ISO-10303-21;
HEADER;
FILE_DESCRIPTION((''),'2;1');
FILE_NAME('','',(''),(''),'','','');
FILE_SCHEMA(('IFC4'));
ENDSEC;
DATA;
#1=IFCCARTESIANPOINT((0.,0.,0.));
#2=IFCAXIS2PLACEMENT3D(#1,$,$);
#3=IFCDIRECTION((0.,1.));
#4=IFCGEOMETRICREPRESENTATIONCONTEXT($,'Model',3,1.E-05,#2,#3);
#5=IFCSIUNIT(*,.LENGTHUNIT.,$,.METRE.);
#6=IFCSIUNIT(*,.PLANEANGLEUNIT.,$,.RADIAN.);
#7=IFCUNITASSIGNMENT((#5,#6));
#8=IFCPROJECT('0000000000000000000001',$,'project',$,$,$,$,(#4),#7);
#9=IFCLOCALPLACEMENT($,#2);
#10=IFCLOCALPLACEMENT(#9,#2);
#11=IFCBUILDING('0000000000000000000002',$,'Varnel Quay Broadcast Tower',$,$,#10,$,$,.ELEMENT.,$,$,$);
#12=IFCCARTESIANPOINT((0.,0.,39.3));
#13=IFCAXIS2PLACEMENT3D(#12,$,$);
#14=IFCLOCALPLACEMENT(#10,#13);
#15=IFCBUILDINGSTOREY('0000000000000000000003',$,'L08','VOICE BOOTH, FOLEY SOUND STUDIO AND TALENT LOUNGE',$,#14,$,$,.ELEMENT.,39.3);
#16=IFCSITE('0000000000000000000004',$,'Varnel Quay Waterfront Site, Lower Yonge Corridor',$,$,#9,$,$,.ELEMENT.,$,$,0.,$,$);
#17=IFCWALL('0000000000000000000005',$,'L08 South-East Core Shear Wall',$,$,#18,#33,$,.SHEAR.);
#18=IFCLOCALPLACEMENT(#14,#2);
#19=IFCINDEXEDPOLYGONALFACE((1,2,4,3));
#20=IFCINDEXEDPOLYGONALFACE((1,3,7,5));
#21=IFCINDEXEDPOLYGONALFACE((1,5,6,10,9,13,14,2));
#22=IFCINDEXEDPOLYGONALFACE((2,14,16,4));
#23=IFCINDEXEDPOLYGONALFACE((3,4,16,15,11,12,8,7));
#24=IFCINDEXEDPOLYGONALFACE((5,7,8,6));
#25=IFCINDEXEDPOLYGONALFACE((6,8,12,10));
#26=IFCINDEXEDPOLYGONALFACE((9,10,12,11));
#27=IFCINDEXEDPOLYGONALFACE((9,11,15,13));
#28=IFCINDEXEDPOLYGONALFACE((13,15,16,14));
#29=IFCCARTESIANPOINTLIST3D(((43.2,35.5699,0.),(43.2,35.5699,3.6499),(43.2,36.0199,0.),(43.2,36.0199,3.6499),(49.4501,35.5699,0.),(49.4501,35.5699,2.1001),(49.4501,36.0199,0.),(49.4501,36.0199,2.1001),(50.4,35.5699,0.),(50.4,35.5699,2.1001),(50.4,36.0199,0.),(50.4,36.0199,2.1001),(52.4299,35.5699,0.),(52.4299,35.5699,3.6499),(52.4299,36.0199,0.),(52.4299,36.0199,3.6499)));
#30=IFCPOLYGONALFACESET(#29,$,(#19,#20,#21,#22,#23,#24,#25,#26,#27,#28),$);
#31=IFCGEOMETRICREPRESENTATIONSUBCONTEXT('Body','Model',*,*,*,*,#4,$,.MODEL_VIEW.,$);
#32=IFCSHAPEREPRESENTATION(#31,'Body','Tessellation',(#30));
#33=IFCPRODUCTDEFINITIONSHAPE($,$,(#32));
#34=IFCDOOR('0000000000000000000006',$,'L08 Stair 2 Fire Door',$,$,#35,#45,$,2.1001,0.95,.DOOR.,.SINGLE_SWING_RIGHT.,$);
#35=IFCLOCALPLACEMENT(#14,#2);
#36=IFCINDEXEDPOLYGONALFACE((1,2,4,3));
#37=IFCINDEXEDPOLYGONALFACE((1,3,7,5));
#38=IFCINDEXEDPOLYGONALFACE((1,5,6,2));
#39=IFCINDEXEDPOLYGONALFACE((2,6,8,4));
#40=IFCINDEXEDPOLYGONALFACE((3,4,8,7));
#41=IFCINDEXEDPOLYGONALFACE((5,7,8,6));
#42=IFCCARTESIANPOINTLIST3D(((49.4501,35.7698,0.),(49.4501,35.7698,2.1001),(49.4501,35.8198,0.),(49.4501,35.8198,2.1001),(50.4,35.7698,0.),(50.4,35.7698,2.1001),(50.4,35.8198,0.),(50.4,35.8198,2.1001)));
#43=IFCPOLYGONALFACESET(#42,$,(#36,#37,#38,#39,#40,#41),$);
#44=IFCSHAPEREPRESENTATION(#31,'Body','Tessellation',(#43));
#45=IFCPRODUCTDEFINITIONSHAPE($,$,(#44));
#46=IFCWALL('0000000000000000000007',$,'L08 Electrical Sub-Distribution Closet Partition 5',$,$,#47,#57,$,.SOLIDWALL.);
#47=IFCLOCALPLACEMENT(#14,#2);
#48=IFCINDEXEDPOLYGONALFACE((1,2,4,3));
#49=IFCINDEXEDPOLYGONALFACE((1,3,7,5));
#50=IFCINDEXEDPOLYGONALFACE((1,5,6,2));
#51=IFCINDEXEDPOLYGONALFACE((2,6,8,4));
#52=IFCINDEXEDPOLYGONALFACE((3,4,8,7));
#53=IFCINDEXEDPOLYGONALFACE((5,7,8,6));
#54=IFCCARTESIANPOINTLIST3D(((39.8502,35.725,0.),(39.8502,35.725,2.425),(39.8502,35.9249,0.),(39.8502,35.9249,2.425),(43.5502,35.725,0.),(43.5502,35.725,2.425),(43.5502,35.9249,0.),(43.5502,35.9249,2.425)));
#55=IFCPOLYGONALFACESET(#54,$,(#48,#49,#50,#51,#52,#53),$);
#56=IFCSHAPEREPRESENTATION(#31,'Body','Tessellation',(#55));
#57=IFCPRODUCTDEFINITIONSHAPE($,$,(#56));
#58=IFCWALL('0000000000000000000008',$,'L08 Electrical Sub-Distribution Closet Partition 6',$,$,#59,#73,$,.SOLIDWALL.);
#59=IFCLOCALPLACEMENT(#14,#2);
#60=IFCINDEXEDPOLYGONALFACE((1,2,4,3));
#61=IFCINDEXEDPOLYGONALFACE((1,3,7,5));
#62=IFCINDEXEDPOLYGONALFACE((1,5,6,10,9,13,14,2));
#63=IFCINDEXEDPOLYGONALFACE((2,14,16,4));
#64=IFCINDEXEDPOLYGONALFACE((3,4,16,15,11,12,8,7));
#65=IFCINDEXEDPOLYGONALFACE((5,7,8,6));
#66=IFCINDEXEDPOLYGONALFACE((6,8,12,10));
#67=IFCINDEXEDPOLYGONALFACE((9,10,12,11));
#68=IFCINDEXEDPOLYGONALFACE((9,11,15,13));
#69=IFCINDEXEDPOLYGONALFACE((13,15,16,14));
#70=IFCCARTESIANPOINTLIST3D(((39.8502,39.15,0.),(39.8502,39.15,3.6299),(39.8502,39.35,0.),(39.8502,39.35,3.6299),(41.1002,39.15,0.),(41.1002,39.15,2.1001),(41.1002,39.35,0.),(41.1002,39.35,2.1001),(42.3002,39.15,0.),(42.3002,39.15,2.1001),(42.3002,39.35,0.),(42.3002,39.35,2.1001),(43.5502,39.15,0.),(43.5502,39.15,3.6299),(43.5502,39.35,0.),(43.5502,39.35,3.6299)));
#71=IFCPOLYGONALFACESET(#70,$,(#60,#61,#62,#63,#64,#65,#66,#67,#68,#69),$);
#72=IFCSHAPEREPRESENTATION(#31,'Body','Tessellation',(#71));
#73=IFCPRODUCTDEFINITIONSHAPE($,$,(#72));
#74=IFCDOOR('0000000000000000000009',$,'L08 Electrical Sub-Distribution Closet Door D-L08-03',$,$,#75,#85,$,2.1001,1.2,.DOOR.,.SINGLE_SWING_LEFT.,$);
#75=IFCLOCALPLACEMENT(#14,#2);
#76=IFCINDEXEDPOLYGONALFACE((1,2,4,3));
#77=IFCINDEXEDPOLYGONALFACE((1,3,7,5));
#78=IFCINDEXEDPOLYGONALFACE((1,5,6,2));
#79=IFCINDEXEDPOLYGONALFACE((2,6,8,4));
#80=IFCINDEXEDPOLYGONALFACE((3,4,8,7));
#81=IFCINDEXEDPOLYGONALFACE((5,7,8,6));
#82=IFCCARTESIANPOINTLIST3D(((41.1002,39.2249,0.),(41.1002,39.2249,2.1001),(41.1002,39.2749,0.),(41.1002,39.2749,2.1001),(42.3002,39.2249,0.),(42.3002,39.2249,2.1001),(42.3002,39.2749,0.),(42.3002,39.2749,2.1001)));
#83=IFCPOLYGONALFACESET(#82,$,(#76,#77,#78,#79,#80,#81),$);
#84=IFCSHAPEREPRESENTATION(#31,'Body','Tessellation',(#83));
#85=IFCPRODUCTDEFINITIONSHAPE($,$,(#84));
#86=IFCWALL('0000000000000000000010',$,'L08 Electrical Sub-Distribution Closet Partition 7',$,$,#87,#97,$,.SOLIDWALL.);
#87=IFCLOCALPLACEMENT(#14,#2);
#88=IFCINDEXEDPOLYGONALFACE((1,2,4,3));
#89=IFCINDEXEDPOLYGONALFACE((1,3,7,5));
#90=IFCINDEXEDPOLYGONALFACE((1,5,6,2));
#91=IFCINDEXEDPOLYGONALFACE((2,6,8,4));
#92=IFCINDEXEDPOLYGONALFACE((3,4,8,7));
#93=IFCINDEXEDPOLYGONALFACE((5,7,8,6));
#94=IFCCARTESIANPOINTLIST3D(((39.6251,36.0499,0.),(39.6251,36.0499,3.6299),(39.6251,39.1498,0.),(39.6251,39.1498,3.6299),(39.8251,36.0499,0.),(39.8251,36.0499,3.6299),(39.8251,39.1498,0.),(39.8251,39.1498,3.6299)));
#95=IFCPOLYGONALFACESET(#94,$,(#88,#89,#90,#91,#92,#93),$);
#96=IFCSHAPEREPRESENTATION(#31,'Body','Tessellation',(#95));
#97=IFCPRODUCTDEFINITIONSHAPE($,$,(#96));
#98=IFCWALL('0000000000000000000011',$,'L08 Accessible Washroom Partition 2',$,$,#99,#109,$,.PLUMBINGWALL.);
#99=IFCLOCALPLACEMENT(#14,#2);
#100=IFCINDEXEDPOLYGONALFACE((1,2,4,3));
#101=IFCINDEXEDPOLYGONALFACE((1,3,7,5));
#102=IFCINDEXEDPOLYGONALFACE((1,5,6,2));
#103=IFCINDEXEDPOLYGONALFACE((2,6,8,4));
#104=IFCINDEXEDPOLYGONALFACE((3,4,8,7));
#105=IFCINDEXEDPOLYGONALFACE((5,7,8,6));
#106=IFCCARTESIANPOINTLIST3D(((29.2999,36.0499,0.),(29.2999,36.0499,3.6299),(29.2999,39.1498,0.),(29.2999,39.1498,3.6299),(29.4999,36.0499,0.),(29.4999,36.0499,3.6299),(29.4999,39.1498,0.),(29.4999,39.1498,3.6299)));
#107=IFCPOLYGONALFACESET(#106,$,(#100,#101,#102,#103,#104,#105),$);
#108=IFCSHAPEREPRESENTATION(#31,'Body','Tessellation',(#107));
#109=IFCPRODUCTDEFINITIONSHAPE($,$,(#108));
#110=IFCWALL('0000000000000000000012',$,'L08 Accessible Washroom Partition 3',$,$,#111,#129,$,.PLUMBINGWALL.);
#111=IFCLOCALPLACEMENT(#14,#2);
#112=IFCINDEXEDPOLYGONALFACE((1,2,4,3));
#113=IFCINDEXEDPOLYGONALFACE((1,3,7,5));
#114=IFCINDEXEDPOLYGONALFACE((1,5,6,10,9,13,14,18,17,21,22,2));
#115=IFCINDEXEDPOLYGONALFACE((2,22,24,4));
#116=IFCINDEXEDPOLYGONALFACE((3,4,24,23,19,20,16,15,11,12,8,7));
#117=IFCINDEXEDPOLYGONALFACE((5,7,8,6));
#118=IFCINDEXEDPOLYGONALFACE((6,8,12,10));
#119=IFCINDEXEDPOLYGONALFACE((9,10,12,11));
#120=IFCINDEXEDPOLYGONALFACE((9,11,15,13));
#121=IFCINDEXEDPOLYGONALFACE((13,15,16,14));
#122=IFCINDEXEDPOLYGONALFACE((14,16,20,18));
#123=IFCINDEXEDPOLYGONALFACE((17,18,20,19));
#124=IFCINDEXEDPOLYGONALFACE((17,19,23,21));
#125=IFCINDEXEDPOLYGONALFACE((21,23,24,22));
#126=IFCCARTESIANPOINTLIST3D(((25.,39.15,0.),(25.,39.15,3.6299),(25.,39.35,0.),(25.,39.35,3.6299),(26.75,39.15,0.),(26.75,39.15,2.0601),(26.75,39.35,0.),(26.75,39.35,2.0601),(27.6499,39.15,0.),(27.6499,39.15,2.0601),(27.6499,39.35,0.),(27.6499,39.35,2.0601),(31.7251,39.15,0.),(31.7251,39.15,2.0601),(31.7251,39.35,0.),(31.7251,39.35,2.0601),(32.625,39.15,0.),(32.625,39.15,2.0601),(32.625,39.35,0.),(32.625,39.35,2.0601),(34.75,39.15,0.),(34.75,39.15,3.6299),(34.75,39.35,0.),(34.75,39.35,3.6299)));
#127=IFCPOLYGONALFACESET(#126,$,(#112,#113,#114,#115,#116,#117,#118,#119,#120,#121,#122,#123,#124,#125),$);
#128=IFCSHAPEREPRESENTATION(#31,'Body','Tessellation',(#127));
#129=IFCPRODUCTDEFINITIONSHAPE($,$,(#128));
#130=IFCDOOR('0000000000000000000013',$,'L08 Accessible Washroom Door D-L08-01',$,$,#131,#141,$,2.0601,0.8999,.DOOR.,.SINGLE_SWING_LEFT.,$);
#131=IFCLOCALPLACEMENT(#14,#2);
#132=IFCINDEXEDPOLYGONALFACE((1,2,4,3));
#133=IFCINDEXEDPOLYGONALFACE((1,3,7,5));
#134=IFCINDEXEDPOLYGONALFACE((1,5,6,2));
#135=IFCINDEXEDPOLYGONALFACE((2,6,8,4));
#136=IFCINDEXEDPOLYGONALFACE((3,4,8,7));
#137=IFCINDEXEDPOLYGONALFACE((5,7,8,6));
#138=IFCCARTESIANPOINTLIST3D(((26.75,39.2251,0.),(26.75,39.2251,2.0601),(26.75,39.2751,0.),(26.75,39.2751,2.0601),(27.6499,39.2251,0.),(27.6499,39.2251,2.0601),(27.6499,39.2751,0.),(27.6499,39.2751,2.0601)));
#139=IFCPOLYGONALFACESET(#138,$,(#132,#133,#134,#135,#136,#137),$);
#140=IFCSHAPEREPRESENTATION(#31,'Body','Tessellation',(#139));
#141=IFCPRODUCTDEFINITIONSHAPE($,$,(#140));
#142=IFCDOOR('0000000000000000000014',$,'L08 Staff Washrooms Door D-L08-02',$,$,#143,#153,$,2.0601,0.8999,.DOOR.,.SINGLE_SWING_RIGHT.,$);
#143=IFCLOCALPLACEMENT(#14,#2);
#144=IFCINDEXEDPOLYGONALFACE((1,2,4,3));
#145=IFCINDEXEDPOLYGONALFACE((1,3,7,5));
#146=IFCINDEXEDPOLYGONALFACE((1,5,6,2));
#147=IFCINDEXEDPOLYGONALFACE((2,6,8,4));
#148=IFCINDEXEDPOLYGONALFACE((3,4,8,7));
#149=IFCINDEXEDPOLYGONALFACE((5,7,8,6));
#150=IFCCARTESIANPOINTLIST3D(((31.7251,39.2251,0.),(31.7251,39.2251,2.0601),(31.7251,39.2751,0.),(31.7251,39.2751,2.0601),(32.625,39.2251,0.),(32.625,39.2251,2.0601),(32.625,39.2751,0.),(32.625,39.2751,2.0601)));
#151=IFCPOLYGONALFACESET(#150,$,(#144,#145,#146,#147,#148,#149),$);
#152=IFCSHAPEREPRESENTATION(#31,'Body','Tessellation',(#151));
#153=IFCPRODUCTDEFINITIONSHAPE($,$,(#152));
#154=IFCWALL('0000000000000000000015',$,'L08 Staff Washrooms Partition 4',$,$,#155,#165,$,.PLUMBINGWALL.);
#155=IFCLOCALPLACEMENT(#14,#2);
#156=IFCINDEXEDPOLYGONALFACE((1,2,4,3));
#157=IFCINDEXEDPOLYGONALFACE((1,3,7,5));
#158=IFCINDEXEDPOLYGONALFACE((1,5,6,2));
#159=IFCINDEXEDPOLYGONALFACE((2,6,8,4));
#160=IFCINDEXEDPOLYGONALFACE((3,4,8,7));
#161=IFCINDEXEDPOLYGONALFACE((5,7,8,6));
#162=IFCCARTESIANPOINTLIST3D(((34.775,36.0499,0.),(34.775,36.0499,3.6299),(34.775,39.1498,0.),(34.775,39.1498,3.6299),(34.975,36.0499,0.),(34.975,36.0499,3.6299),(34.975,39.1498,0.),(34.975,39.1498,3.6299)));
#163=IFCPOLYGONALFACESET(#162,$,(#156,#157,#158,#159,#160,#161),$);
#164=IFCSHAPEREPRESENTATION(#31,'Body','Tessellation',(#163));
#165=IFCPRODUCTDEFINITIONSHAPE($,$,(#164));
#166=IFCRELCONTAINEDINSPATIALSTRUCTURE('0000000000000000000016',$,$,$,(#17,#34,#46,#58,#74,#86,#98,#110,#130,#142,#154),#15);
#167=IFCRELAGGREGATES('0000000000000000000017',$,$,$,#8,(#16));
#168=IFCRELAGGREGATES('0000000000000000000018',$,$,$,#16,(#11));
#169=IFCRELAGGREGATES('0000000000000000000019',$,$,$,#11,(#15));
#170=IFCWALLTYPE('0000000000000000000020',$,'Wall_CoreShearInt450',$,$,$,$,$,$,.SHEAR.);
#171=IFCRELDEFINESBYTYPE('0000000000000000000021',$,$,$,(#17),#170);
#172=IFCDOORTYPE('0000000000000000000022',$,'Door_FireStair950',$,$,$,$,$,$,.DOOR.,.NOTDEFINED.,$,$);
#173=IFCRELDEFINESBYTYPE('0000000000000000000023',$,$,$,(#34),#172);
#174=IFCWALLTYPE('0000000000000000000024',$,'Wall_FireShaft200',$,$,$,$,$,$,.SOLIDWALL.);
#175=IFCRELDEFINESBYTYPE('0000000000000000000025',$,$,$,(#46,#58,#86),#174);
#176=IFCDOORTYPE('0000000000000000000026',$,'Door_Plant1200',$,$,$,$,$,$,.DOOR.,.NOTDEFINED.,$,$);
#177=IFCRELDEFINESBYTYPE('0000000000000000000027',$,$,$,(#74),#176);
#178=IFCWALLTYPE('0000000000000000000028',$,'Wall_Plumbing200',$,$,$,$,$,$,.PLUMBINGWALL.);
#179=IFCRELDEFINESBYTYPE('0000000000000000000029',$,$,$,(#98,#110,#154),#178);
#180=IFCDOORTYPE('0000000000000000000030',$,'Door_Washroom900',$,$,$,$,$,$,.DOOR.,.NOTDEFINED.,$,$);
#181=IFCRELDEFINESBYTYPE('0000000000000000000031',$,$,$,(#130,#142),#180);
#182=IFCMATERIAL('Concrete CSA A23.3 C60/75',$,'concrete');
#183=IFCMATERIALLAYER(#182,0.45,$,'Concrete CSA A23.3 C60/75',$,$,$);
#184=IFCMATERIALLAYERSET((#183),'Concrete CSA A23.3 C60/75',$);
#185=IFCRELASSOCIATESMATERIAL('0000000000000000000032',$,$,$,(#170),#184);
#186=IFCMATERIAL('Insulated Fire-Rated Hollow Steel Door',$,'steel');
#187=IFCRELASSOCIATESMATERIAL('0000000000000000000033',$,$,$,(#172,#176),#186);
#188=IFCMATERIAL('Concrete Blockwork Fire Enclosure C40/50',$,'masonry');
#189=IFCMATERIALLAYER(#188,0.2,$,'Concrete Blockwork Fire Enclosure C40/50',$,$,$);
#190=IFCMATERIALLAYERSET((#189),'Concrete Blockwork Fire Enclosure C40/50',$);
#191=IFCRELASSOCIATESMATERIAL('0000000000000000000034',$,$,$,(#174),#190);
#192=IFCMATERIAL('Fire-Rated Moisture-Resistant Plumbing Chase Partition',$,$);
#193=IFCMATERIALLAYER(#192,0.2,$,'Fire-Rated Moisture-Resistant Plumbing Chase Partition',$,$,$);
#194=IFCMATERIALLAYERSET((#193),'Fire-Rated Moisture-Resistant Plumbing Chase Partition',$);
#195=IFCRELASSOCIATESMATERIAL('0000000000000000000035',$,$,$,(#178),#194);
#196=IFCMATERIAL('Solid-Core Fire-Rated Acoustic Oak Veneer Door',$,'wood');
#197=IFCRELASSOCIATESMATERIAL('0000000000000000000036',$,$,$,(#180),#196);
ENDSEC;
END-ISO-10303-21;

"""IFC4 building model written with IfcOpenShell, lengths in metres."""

from ifc_helpers import new_model, si_unit, direction, frame, frame_2d, origin, place, context, subcontext, project, spatial, rectangle, extrude, source, transform, mapped, material, layer, layer_set, type_object, type_shapes, element, fill, save


model = new_model("IFC4")

# Units and contexts
model_context = context("Model", 3, precision=1e-05, world=origin(), true_north=direction((0.0, 1.0)))
body_context = subcontext(model_context, "Body", "Model", "MODEL_VIEW")
ifc_project = project(units=[si_unit("LENGTHUNIT", "METRE"), si_unit("PLANEANGLEUNIT", "RADIAN")], contexts=[model_context])

# Site, building, storey
site_placement = place(None, origin())
site = spatial("IfcSite", under=ifc_project, at=site_placement, Name="Varnel Quay Waterfront Site, Lower Yonge Corridor", CompositionType="ELEMENT", RefElevation=0.0)
building_placement = place(site_placement, origin())
building = spatial("IfcBuilding", under=site, at=building_placement, Name="Varnel Quay Broadcast Tower", CompositionType="ELEMENT")
storey_placement = place(building_placement, frame((0.0, 0.0, 39.3)))
storey = spatial("IfcBuildingStorey", under=building, at=storey_placement, Name="L08", Description="VOICE BOOTH, FOLEY SOUND STUDIO AND TALENT LOUNGE", CompositionType="ELEMENT", Elevation=39.3)

# Shared definitions
ifc_material_1 = material(Name="Concrete CSA A23.3 C60/75", Category="concrete")

# Wall, opening, door
ifc_layer_1 = layer(ifc_material_1, 0.45, Name="Concrete CSA A23.3 C60/75")
ifc_layer_set_1 = layer_set([ifc_layer_1], Name="Concrete CSA A23.3 C60/75")
wall_type_1 = type_object("IfcWallType", Name="Wall_CoreShearInt450", PredefinedType="SHEAR", material=ifc_layer_set_1)
wall_1_placement = place(storey_placement, frame((43.2, 35.7949, 0.0), z_axis=(0.0, 0.0, 1.0), x_axis=(1.0, 0.0, 0.0)))
wall_1 = element("IfcWall", 1, at=wall_1_placement, inside=storey, type_object=wall_type_1, Name="L08 South-East Core Shear Wall", PredefinedType="SHEAR", context=body_context, shape_type="SweptSolid", body=[
    extrude(rectangle(XDim=9.23, YDim=0.45, at=frame_2d((4.615, 0.0))), origin(), (0.0, 0.0, 1.0), 3.6499),
])
opening_1_placement = place(wall_1_placement, frame((6.25, 0.0, 0.0)))
opening_1 = element("IfcOpeningElement", 2, at=opening_1_placement, cuts=wall_1, PredefinedType="OPENING", context=body_context, shape_type="SweptSolid", body=[
    extrude(rectangle(XDim=0.95, YDim=2.1001, at=frame_2d((0.4751, 1.05))), frame((0.0, 0.2349, 0.0), z_axis=(0.0, -1.0, 0.0), x_axis=(1.0, 0.0, 0.0)), (0.0, 0.0, 1.0), 0.47),
])
ifc_material_2 = material(Name="Insulated Fire-Rated Hollow Steel Door", Category="steel")
door_type_1 = type_object("IfcDoorType", Name="Door_FireStair950", OperationType="NOTDEFINED", PredefinedType="DOOR", material=ifc_material_2)
shared_shape_1 = source(origin(), body_context, "Body", "SweptSolid", [
    extrude(rectangle(XDim=0.95, YDim=2.1001, at=frame_2d((0.4751, 1.05))), frame((0.0, 0.0249, 0.0), z_axis=(0.0, -1.0, 0.0), x_axis=(1.0, 0.0, 0.0)), (0.0, 0.0, 1.0), 0.05),
])
type_shapes(door_type_1, [shared_shape_1])
door_1_placement = place(opening_1_placement, origin())
door_1 = element("IfcDoor", 3, at=door_1_placement, inside=storey, type_object=door_type_1, Name="L08 Stair 2 Fire Door", OperationType="SINGLE_SWING_RIGHT", OverallHeight=2.1001, OverallWidth=0.95, PredefinedType="DOOR", context=body_context, shape_type="MappedRepresentation", body=[
    mapped(shared_shape_1, transform((0.0, 0.0, 0.0), x_axis=(1.0, 0.0, 0.0), y_axis=(0.0, 1.0, 0.0), z_axis=(0.0, 0.0, 1.0), scale=1.0)),
])
fill(opening_1, door_1)

# Wall
ifc_material_3 = material(Name="Concrete Blockwork Fire Enclosure C40/50", Category="masonry")
ifc_layer_2 = layer(ifc_material_3, 0.2, Name="Concrete Blockwork Fire Enclosure C40/50")
ifc_layer_set_2 = layer_set([ifc_layer_2], Name="Concrete Blockwork Fire Enclosure C40/50")
wall_type_2 = type_object("IfcWallType", Name="Wall_FireShaft200", PredefinedType="SOLIDWALL", material=ifc_layer_set_2)
wall_2_placement = place(storey_placement, frame((39.8501, 35.825, 0.0), z_axis=(0.0, 0.0, 1.0), x_axis=(1.0, 0.0, 0.0)))
element("IfcWall", 4, at=wall_2_placement, inside=storey, type_object=wall_type_2, Name="L08 Electrical Sub-Distribution Closet Partition 5", PredefinedType="SOLIDWALL", context=body_context, shape_type="SweptSolid", body=[
    extrude(rectangle(XDim=3.7, YDim=0.2, at=frame_2d((1.8501, 0.0))), origin(), (0.0, 0.0, 1.0), 2.425),
])

# Wall, opening, door
wall_3_placement = place(storey_placement, frame((39.8501, 39.25, 0.0), z_axis=(0.0, 0.0, 1.0), x_axis=(1.0, 0.0, 0.0)))
wall_3 = element("IfcWall", 5, at=wall_3_placement, inside=storey, type_object=wall_type_2, Name="L08 Electrical Sub-Distribution Closet Partition 6", PredefinedType="SOLIDWALL", context=body_context, shape_type="SweptSolid", body=[
    extrude(rectangle(XDim=3.7, YDim=0.2, at=frame_2d((1.8501, 0.0))), origin(), (0.0, 0.0, 1.0), 3.6299),
])
opening_2_placement = place(wall_3_placement, frame((1.25, 0.0, 0.0)))
opening_2 = element("IfcOpeningElement", 6, at=opening_2_placement, cuts=wall_3, PredefinedType="OPENING", context=body_context, shape_type="SweptSolid", body=[
    extrude(rectangle(XDim=1.2, YDim=2.1001, at=frame_2d((0.6001, 1.05))), frame((0.0, 0.1099, 0.0), z_axis=(0.0, -1.0, 0.0), x_axis=(1.0, 0.0, 0.0)), (0.0, 0.0, 1.0), 0.22),
])
door_type_2 = type_object("IfcDoorType", Name="Door_Plant1200", OperationType="NOTDEFINED", PredefinedType="DOOR", material=ifc_material_2)
shared_shape_2 = source(origin(), body_context, "Body", "SweptSolid", [
    extrude(rectangle(XDim=1.2, YDim=2.1001, at=frame_2d((0.6001, 1.05))), frame((0.0, 0.0249, 0.0), z_axis=(0.0, -1.0, 0.0), x_axis=(1.0, 0.0, 0.0)), (0.0, 0.0, 1.0), 0.05),
])
type_shapes(door_type_2, [shared_shape_2])
door_2_placement = place(opening_2_placement, origin())
door_2 = element("IfcDoor", 7, at=door_2_placement, inside=storey, type_object=door_type_2, Name="L08 Electrical Sub-Distribution Closet Door D-L08-03", OperationType="SINGLE_SWING_LEFT", OverallHeight=2.1001, OverallWidth=1.2, PredefinedType="DOOR", context=body_context, shape_type="MappedRepresentation", body=[
    mapped(shared_shape_2, transform((0.0, 0.0, 0.0), x_axis=(1.0, 0.0, 0.0), y_axis=(0.0, 1.0, 0.0), z_axis=(0.0, 0.0, 1.0), scale=1.0)),
])
fill(opening_2, door_2)

# Walls
wall_4_placement = place(storey_placement, frame((39.7251, 36.05, 0.0), z_axis=(0.0, 0.0, 1.0), x_axis=(0.0, 1.0, 0.0)))
element("IfcWall", 8, at=wall_4_placement, inside=storey, type_object=wall_type_2, Name="L08 Electrical Sub-Distribution Closet Partition 7", PredefinedType="SOLIDWALL", context=body_context, shape_type="SweptSolid", body=[
    extrude(rectangle(XDim=3.0999, YDim=0.2, at=frame_2d((1.5498, 0.0))), origin(), (0.0, 0.0, 1.0), 3.6299),
])
ifc_material_4 = material(Name="Fire-Rated Moisture-Resistant Plumbing Chase Partition")
ifc_layer_3 = layer(ifc_material_4, 0.2, Name="Fire-Rated Moisture-Resistant Plumbing Chase Partition")
ifc_layer_set_3 = layer_set([ifc_layer_3], Name="Fire-Rated Moisture-Resistant Plumbing Chase Partition")
wall_type_3 = type_object("IfcWallType", Name="Wall_Plumbing200", PredefinedType="PLUMBINGWALL", material=ifc_layer_set_3)
wall_5_placement = place(storey_placement, frame((29.3999, 36.05, 0.0), z_axis=(0.0, 0.0, 1.0), x_axis=(0.0, 1.0, 0.0)))
element("IfcWall", 9, at=wall_5_placement, inside=storey, type_object=wall_type_3, Name="L08 Accessible Washroom Partition 2", PredefinedType="PLUMBINGWALL", context=body_context, shape_type="SweptSolid", body=[
    extrude(rectangle(XDim=3.0999, YDim=0.2, at=frame_2d((1.5498, 0.0))), origin(), (0.0, 0.0, 1.0), 3.6299),
])

# Wall, openings, doors
wall_6_placement = place(storey_placement, frame((25.0, 39.25, 0.0), z_axis=(0.0, 0.0, 1.0), x_axis=(1.0, 0.0, 0.0)))
wall_6 = element("IfcWall", 10, at=wall_6_placement, inside=storey, type_object=wall_type_3, Name="L08 Accessible Washroom Partition 3", PredefinedType="PLUMBINGWALL", context=body_context, shape_type="SweptSolid", body=[
    extrude(rectangle(XDim=9.75, YDim=0.2, at=frame_2d((4.875, 0.0))), origin(), (0.0, 0.0, 1.0), 3.6299),
])
opening_3_placement = place(wall_6_placement, frame((1.75, 0.0, 0.0)))
opening_3 = element("IfcOpeningElement", 11, at=opening_3_placement, cuts=wall_6, PredefinedType="OPENING", context=body_context, shape_type="SweptSolid", body=[
    extrude(rectangle(XDim=0.8999, YDim=2.0601, at=frame_2d((0.45, 1.03))), frame((0.0, 0.1099, 0.0), z_axis=(0.0, -1.0, 0.0), x_axis=(1.0, 0.0, 0.0)), (0.0, 0.0, 1.0), 0.22),
])
opening_4_placement = place(wall_6_placement, frame((6.7251, 0.0, 0.0)))
opening_4 = element("IfcOpeningElement", 12, at=opening_4_placement, cuts=wall_6, PredefinedType="OPENING", context=body_context, shape_type="SweptSolid", body=[
    extrude(rectangle(XDim=0.8999, YDim=2.0601, at=frame_2d((0.45, 1.03))), frame((0.0, 0.1099, 0.0), z_axis=(0.0, -1.0, 0.0), x_axis=(1.0, 0.0, 0.0)), (0.0, 0.0, 1.0), 0.22),
])
ifc_material_5 = material(Name="Solid-Core Fire-Rated Acoustic Oak Veneer Door", Category="wood")
door_type_3 = type_object("IfcDoorType", Name="Door_Washroom900", OperationType="NOTDEFINED", PredefinedType="DOOR", material=ifc_material_5)
shared_shape_3 = source(origin(), body_context, "Body", "SweptSolid", [
    extrude(rectangle(XDim=0.8999, YDim=2.0601, at=frame_2d((0.45, 1.03))), frame((0.0, 0.0249, 0.0), z_axis=(0.0, -1.0, 0.0), x_axis=(1.0, 0.0, 0.0)), (0.0, 0.0, 1.0), 0.05),
])
type_shapes(door_type_3, [shared_shape_3])
door_3_placement = place(opening_3_placement, frame((0.8999, 0.0, 0.0), z_axis=(0.0, 0.0, 1.0), x_axis=(-1.0, 0.0, 0.0)))
door_3 = element("IfcDoor", 13, at=door_3_placement, inside=storey, type_object=door_type_3, Name="L08 Accessible Washroom Door D-L08-01", OperationType="SINGLE_SWING_LEFT", OverallHeight=2.0601, OverallWidth=0.8999, PredefinedType="DOOR", context=body_context, shape_type="MappedRepresentation", body=[
    mapped(shared_shape_3, transform((0.0, 0.0, 0.0), x_axis=(1.0, 0.0, 0.0), y_axis=(0.0, 1.0, 0.0), z_axis=(0.0, 0.0, 1.0), scale=1.0)),
])
fill(opening_3, door_3)
door_4_placement = place(opening_4_placement, frame((0.8999, 0.0, 0.0), z_axis=(0.0, 0.0, 1.0), x_axis=(-1.0, 0.0, 0.0)))
door_4 = element("IfcDoor", 14, at=door_4_placement, inside=storey, type_object=door_type_3, Name="L08 Staff Washrooms Door D-L08-02", OperationType="SINGLE_SWING_RIGHT", OverallHeight=2.0601, OverallWidth=0.8999, PredefinedType="DOOR", context=body_context, shape_type="MappedRepresentation", body=[
    mapped(shared_shape_3, transform((0.0, 0.0, 0.0), x_axis=(1.0, 0.0, 0.0), y_axis=(0.0, 1.0, 0.0), z_axis=(0.0, 0.0, 1.0), scale=1.0)),
])
fill(opening_4, door_4)

# Wall
wall_7_placement = place(storey_placement, frame((34.875, 36.05, 0.0), z_axis=(0.0, 0.0, 1.0), x_axis=(0.0, 1.0, 0.0)))
element("IfcWall", 15, at=wall_7_placement, inside=storey, type_object=wall_type_3, Name="L08 Staff Washrooms Partition 4", PredefinedType="PLUMBINGWALL", context=body_context, shape_type="SweptSolid", body=[
    extrude(rectangle(XDim=3.0999, YDim=0.2, at=frame_2d((1.5498, 0.0))), origin(), (0.0, 0.0, 1.0), 3.6299),
])

save(model, "model.ifc")
